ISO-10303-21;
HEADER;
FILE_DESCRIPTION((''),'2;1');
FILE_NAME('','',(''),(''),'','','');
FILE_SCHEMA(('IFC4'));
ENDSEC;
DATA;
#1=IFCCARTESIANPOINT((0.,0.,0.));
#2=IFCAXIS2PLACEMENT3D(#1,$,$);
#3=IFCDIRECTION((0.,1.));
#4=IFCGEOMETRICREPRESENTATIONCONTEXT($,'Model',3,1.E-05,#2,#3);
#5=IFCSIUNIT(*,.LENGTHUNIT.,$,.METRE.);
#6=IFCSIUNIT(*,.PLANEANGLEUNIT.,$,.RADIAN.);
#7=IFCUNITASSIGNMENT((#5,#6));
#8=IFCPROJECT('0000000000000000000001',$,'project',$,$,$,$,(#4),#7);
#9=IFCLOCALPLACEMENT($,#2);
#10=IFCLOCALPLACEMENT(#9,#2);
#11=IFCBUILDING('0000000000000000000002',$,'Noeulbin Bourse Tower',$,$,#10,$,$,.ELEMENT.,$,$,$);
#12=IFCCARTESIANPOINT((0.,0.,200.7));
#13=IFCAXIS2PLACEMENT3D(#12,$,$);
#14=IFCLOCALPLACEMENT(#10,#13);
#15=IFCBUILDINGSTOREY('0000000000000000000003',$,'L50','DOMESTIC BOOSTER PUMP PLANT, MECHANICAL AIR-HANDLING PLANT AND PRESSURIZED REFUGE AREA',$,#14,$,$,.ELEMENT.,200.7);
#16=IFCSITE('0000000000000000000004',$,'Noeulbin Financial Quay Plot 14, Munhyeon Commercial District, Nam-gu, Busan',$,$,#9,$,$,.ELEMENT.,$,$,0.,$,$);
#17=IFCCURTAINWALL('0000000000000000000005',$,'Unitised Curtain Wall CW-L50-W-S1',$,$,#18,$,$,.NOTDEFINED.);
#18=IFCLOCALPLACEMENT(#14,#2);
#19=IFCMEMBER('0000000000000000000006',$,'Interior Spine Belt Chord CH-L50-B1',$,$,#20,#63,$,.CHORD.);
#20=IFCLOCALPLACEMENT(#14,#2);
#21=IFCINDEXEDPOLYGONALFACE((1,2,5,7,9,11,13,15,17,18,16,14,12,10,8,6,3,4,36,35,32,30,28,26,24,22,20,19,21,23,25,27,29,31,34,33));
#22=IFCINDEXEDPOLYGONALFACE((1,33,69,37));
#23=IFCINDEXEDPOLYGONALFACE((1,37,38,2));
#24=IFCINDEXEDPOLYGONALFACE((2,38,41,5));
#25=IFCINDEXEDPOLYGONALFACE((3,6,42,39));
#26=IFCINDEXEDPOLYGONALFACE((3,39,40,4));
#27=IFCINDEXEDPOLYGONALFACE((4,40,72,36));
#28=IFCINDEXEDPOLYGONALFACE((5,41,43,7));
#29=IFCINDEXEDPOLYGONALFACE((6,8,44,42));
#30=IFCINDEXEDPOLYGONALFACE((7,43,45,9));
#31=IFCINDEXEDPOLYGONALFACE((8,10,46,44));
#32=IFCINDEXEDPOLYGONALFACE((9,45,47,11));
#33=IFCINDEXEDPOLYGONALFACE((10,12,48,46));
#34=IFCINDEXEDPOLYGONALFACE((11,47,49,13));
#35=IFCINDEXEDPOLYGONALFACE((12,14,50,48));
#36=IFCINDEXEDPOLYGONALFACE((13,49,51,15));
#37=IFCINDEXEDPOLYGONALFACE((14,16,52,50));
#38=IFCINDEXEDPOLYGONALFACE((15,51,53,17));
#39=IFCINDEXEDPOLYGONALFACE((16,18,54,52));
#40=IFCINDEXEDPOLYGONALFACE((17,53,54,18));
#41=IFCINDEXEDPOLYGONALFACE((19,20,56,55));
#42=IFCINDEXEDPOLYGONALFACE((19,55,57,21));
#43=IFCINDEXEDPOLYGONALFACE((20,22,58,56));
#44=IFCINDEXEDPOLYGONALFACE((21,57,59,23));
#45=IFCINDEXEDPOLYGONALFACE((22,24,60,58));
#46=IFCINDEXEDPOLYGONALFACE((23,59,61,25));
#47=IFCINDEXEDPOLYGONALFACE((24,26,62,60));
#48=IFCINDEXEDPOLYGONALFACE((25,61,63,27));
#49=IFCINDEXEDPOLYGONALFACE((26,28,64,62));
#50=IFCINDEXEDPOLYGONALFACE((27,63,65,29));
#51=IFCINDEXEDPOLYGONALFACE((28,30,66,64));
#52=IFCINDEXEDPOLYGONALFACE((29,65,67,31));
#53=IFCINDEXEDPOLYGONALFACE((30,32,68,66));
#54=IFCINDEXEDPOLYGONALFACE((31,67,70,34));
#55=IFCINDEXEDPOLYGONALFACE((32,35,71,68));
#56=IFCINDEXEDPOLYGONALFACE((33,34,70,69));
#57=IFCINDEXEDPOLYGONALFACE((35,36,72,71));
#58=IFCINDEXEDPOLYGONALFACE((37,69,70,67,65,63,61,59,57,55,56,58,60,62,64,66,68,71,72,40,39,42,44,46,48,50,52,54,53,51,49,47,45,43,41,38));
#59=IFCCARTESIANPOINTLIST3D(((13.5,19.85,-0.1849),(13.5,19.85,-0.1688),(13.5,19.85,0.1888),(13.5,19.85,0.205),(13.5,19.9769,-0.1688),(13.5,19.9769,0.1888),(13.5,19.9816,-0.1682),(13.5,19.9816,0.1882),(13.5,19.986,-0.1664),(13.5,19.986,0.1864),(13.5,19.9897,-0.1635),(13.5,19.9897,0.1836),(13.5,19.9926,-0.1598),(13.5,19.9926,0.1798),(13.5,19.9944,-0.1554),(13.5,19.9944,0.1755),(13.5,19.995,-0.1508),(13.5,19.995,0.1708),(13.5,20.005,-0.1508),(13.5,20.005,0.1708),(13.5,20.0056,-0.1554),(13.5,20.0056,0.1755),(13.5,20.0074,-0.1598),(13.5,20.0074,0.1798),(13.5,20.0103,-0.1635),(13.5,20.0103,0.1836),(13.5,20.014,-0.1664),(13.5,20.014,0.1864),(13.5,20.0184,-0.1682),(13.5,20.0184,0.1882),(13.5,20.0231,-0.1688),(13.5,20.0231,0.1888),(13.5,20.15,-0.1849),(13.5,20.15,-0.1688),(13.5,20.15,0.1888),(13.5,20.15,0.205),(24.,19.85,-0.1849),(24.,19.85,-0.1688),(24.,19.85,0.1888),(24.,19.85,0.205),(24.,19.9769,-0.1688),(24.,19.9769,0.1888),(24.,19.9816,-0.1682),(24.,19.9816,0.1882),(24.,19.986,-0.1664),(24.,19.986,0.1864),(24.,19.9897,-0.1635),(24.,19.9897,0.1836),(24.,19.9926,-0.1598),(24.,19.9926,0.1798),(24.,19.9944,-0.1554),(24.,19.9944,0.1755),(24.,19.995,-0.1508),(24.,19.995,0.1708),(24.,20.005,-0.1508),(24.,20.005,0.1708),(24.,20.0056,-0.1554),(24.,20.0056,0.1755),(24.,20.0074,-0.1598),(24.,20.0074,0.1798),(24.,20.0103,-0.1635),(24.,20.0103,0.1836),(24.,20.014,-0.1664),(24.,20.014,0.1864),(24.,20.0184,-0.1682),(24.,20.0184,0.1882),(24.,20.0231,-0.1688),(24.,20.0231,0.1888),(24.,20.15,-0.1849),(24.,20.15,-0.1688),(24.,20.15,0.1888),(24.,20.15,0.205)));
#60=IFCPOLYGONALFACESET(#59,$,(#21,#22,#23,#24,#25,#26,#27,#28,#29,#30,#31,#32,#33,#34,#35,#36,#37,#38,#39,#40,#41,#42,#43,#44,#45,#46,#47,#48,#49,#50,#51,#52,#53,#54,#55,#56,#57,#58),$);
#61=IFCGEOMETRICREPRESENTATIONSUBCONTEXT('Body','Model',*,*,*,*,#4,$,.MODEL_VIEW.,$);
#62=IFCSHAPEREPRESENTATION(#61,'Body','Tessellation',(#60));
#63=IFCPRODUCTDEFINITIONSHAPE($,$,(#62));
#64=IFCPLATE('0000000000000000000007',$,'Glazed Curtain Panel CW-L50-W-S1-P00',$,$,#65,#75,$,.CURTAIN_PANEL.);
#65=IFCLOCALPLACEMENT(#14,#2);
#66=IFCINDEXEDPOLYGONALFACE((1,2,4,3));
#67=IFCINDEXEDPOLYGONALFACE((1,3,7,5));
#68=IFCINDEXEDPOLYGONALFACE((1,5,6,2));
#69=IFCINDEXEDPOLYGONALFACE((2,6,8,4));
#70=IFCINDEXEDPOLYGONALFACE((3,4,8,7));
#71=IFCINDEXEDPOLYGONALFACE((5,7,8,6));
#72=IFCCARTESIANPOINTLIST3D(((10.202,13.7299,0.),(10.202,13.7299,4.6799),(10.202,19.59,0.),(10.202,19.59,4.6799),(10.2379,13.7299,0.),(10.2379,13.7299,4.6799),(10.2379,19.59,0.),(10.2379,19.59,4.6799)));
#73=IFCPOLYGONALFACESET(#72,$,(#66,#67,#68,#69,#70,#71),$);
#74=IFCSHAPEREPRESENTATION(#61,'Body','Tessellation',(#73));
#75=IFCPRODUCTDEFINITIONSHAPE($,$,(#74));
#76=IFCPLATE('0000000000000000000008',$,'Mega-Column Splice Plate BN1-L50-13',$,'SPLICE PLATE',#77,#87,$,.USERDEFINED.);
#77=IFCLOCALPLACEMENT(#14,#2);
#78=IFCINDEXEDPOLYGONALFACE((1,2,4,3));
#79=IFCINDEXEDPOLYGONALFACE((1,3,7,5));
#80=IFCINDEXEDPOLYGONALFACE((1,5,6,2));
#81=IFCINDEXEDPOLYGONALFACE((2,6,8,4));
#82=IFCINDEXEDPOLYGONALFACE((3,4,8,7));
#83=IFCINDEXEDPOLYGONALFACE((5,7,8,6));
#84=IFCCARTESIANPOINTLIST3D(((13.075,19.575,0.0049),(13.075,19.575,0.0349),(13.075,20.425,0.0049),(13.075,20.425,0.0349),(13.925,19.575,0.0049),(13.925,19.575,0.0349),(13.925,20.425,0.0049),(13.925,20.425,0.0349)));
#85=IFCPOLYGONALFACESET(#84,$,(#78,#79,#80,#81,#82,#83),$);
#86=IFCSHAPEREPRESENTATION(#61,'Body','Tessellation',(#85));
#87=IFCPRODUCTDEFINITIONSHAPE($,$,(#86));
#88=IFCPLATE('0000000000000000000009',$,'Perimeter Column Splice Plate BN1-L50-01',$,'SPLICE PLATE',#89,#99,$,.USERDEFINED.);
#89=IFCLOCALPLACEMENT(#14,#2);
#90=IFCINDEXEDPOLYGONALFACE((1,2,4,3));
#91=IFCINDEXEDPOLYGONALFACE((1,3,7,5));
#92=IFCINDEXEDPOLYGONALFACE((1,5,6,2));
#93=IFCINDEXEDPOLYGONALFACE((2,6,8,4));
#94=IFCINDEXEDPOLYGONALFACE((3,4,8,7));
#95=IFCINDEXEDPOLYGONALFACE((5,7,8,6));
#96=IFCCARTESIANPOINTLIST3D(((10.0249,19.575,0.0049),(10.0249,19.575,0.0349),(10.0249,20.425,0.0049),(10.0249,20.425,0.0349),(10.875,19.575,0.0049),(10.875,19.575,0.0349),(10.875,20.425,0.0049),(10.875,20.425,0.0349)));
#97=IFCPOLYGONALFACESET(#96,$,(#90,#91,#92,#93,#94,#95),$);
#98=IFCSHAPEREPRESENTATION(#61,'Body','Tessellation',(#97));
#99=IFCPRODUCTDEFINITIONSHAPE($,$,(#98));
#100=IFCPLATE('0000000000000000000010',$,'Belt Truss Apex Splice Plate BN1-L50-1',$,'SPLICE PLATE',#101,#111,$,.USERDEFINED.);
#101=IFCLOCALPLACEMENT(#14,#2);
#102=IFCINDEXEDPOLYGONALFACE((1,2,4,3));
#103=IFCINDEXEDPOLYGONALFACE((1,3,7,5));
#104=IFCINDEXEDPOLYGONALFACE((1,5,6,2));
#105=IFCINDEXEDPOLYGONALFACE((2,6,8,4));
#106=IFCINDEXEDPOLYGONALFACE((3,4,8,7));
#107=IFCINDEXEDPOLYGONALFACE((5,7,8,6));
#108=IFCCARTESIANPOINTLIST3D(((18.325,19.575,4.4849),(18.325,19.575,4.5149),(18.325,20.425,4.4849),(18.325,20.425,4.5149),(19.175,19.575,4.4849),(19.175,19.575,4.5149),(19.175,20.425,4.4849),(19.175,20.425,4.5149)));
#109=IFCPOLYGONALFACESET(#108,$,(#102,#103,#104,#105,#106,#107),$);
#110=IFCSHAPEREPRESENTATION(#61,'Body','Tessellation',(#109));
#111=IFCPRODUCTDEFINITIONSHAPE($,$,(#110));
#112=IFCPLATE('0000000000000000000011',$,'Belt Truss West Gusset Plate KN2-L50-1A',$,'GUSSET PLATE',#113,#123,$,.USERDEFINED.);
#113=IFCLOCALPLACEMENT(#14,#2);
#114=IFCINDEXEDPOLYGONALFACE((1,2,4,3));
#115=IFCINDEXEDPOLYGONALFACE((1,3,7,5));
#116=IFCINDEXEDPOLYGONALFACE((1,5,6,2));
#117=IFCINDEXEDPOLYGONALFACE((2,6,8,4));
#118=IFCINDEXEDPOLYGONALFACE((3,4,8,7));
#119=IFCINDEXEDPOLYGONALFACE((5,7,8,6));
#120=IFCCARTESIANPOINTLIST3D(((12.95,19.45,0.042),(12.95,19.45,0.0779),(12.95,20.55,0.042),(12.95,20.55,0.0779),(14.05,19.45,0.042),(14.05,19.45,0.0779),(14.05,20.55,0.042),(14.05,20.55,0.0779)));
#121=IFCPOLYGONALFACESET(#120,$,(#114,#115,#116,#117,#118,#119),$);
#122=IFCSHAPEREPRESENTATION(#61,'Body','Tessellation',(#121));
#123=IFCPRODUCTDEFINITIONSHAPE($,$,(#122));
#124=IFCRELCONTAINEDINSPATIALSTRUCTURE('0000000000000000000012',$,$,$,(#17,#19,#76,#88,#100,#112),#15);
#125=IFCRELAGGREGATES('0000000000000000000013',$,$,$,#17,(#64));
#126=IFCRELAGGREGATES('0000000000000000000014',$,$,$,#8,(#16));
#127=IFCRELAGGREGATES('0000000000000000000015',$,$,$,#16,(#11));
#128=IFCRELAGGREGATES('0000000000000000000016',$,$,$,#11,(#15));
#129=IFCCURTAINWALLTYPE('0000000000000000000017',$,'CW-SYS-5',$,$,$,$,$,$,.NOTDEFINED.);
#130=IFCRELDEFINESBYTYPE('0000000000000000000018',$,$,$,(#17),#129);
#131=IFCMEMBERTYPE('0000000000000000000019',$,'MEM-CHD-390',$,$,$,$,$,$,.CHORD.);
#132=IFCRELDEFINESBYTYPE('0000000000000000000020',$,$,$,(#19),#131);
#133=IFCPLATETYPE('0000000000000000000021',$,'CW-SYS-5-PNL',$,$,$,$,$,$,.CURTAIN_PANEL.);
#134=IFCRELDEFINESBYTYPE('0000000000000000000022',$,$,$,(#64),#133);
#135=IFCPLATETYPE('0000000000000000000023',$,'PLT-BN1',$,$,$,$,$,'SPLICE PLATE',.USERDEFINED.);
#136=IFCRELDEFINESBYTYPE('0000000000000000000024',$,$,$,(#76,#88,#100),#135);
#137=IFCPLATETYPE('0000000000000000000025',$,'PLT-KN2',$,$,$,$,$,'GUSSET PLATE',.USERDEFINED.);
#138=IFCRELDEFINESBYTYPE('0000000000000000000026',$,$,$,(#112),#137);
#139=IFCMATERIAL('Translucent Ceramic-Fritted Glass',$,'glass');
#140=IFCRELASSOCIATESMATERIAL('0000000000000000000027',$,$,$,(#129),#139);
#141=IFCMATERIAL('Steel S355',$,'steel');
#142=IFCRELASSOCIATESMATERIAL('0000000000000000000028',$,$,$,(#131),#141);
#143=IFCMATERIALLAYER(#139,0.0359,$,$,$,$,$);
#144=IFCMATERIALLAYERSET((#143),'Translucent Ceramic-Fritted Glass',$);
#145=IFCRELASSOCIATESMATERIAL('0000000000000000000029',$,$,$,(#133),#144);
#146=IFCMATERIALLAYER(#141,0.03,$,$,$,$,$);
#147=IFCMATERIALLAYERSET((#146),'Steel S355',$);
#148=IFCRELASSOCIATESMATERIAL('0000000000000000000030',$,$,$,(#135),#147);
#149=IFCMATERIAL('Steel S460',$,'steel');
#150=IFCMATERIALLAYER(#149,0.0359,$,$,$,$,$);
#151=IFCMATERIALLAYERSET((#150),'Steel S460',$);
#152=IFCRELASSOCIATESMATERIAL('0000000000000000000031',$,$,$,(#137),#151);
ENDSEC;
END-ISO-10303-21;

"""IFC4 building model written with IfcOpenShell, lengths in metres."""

from ifc_helpers import new_model, si_unit, direction, frame, origin, origin_2d, place, context, subcontext, project, spatial, rectangle, i_section, extrude, material, layer, layer_set, material_profile, profile_set, type_object, element, aggregate, save


model = new_model("IFC4")

# Units and contexts
model_context = context("Model", 3, precision=1e-05, world=origin(), true_north=direction((0.0, 1.0)))
body_context = subcontext(model_context, "Body", "Model", "MODEL_VIEW")
ifc_project = project(units=[si_unit("LENGTHUNIT", "METRE"), si_unit("PLANEANGLEUNIT", "RADIAN")], contexts=[model_context])

# Site, building, storey
site_placement = place(None, origin())
site = spatial("IfcSite", under=ifc_project, at=site_placement, Name="Noeulbin Financial Quay Plot 14, Munhyeon Commercial District, Nam-gu, Busan", CompositionType="ELEMENT", RefElevation=0.0)
building_placement = place(site_placement, origin())
building = spatial("IfcBuilding", under=site, at=building_placement, Name="Noeulbin Bourse Tower", CompositionType="ELEMENT")
storey_placement = place(building_placement, frame((0.0, 0.0, 200.7)))
storey = spatial("IfcBuildingStorey", under=building, at=storey_placement, Name="L50", Description="DOMESTIC BOOSTER PUMP PLANT, MECHANICAL AIR-HANDLING PLANT AND PRESSURIZED REFUGE AREA", CompositionType="ELEMENT", Elevation=200.7)

# Shared definitions
ifc_material_1 = material(Name="Steel S355", Category="steel")
ifc_material_2 = material(Name="Steel S460", Category="steel")

# Curtain wall
ifc_material_3 = material(Name="Translucent Ceramic-Fritted Glass", Category="glass")
curtain_wall_type = type_object("IfcCurtainWallType", Name="CW-SYS-5", PredefinedType="NOTDEFINED", material=ifc_material_3)
curtain_wall_placement = place(storey_placement, origin())
curtain_wall = element("IfcCurtainWall", 1, at=curtain_wall_placement, inside=storey, type_object=curtain_wall_type, Name="Unitised Curtain Wall CW-L50-W-S1", PredefinedType="NOTDEFINED")

# Member
ifc_material_profile_1 = material_profile(ifc_material_1, i_section(OverallWidth=0.3, OverallDepth=0.3899, WebThickness=0.01, FlangeThickness=0.0161, FilletRadius=0.0181, at=origin_2d()), Name="H-390x300x10x16", Category="LoadBearing")
ifc_profile_set_1 = profile_set([ifc_material_profile_1], Name="Steel S355")
member_type_1 = type_object("IfcMemberType", Name="MEM-CHD-390", PredefinedType="CHORD", material=ifc_profile_set_1)
member_1_placement = place(storey_placement, frame((13.5, 20.0, 0.01), z_axis=(1.0, 0.0, 0.0), x_axis=(0.0, 1.0, 0.0)))
element("IfcMember", 2, at=member_1_placement, inside=storey, type_object=member_type_1, Name="Interior Spine Belt Chord CH-L50-B1", PredefinedType="CHORD", context=body_context, shape_type="SweptSolid", body=[
    extrude(i_section(OverallWidth=0.3, OverallDepth=0.3899, WebThickness=0.01, FlangeThickness=0.0161, FilletRadius=0.0181, at=origin_2d()), origin(), (0.0, 0.0, 1.0), 10.5),
])

# Plate
ifc_layer_1 = layer(ifc_material_3, 0.0359)
ifc_layer_set_1 = layer_set([ifc_layer_1], Name="Translucent Ceramic-Fritted Glass")
plate_type_1 = type_object("IfcPlateType", Name="CW-SYS-5-PNL", PredefinedType="CURTAIN_PANEL", material=ifc_layer_set_1)
plate_1_placement = place(storey_placement, frame((10.22, 16.6599, 0.0), z_axis=(0.0, 0.0, 1.0), x_axis=(0.0, 1.0, 0.0)))
plate_1 = element("IfcPlate", 3, at=plate_1_placement, type_object=plate_type_1, Name="Glazed Curtain Panel CW-L50-W-S1-P00", PredefinedType="CURTAIN_PANEL", context=body_context, shape_type="SweptSolid", body=[
    extrude(rectangle(XDim=5.8601, YDim=0.0359, at=origin_2d()), origin(), (0.0, 0.0, 1.0), 4.6799),
])
aggregate(curtain_wall, [plate_1])

# Plates
ifc_layer_2 = layer(ifc_material_1, 0.03)
ifc_layer_set_2 = layer_set([ifc_layer_2], Name="Steel S355")
plate_type_2 = type_object("IfcPlateType", Name="PLT-BN1", ElementType="SPLICE PLATE", PredefinedType="USERDEFINED", material=ifc_layer_set_2)
for number, where, z_axis, x_axis, name in (
    (4, (13.5, 20.0, 0.0049), (0.0, 0.0, 1.0), (1.0, 0.0, 0.0), "Mega-Column Splice Plate BN1-L50-13"),
    (5, (10.45, 20.0, 0.0049), (0.0, 0.0, 1.0), (1.0, 0.0, 0.0), "Perimeter Column Splice Plate BN1-L50-01"),
    (6, (18.75, 20.0, 4.4849), (0.0, 0.0, 1.0), (1.0, 0.0, 0.0), "Belt Truss Apex Splice Plate BN1-L50-1"),
):
    element("IfcPlate", number, at=place(storey_placement, frame(where, z_axis=z_axis, x_axis=x_axis)), inside=storey, type_object=plate_type_2, Name=name, ObjectType="SPLICE PLATE", PredefinedType="USERDEFINED", context=body_context, shape_type="SweptSolid", body=[
        extrude(rectangle(XDim=0.8501, YDim=0.8501, at=origin_2d()), origin(), (0.0, 0.0, 1.0), 0.03),
    ])
ifc_layer_3 = layer(ifc_material_2, 0.0359)
ifc_layer_set_3 = layer_set([ifc_layer_3], Name="Steel S460")
plate_type_3 = type_object("IfcPlateType", Name="PLT-KN2", ElementType="GUSSET PLATE", PredefinedType="USERDEFINED", material=ifc_layer_set_3)
plate_2_placement = place(storey_placement, frame((13.5, 20.0, 0.042), z_axis=(0.0, 0.0, 1.0), x_axis=(1.0, 0.0, 0.0)))
element("IfcPlate", 7, at=plate_2_placement, inside=storey, type_object=plate_type_3, Name="Belt Truss West Gusset Plate KN2-L50-1A", ObjectType="GUSSET PLATE", PredefinedType="USERDEFINED", context=body_context, shape_type="SweptSolid", body=[
    extrude(rectangle(XDim=1.1001, YDim=1.1001, at=origin_2d()), origin(), (0.0, 0.0, 1.0), 0.0359),
])

save(model, "model.ifc")
